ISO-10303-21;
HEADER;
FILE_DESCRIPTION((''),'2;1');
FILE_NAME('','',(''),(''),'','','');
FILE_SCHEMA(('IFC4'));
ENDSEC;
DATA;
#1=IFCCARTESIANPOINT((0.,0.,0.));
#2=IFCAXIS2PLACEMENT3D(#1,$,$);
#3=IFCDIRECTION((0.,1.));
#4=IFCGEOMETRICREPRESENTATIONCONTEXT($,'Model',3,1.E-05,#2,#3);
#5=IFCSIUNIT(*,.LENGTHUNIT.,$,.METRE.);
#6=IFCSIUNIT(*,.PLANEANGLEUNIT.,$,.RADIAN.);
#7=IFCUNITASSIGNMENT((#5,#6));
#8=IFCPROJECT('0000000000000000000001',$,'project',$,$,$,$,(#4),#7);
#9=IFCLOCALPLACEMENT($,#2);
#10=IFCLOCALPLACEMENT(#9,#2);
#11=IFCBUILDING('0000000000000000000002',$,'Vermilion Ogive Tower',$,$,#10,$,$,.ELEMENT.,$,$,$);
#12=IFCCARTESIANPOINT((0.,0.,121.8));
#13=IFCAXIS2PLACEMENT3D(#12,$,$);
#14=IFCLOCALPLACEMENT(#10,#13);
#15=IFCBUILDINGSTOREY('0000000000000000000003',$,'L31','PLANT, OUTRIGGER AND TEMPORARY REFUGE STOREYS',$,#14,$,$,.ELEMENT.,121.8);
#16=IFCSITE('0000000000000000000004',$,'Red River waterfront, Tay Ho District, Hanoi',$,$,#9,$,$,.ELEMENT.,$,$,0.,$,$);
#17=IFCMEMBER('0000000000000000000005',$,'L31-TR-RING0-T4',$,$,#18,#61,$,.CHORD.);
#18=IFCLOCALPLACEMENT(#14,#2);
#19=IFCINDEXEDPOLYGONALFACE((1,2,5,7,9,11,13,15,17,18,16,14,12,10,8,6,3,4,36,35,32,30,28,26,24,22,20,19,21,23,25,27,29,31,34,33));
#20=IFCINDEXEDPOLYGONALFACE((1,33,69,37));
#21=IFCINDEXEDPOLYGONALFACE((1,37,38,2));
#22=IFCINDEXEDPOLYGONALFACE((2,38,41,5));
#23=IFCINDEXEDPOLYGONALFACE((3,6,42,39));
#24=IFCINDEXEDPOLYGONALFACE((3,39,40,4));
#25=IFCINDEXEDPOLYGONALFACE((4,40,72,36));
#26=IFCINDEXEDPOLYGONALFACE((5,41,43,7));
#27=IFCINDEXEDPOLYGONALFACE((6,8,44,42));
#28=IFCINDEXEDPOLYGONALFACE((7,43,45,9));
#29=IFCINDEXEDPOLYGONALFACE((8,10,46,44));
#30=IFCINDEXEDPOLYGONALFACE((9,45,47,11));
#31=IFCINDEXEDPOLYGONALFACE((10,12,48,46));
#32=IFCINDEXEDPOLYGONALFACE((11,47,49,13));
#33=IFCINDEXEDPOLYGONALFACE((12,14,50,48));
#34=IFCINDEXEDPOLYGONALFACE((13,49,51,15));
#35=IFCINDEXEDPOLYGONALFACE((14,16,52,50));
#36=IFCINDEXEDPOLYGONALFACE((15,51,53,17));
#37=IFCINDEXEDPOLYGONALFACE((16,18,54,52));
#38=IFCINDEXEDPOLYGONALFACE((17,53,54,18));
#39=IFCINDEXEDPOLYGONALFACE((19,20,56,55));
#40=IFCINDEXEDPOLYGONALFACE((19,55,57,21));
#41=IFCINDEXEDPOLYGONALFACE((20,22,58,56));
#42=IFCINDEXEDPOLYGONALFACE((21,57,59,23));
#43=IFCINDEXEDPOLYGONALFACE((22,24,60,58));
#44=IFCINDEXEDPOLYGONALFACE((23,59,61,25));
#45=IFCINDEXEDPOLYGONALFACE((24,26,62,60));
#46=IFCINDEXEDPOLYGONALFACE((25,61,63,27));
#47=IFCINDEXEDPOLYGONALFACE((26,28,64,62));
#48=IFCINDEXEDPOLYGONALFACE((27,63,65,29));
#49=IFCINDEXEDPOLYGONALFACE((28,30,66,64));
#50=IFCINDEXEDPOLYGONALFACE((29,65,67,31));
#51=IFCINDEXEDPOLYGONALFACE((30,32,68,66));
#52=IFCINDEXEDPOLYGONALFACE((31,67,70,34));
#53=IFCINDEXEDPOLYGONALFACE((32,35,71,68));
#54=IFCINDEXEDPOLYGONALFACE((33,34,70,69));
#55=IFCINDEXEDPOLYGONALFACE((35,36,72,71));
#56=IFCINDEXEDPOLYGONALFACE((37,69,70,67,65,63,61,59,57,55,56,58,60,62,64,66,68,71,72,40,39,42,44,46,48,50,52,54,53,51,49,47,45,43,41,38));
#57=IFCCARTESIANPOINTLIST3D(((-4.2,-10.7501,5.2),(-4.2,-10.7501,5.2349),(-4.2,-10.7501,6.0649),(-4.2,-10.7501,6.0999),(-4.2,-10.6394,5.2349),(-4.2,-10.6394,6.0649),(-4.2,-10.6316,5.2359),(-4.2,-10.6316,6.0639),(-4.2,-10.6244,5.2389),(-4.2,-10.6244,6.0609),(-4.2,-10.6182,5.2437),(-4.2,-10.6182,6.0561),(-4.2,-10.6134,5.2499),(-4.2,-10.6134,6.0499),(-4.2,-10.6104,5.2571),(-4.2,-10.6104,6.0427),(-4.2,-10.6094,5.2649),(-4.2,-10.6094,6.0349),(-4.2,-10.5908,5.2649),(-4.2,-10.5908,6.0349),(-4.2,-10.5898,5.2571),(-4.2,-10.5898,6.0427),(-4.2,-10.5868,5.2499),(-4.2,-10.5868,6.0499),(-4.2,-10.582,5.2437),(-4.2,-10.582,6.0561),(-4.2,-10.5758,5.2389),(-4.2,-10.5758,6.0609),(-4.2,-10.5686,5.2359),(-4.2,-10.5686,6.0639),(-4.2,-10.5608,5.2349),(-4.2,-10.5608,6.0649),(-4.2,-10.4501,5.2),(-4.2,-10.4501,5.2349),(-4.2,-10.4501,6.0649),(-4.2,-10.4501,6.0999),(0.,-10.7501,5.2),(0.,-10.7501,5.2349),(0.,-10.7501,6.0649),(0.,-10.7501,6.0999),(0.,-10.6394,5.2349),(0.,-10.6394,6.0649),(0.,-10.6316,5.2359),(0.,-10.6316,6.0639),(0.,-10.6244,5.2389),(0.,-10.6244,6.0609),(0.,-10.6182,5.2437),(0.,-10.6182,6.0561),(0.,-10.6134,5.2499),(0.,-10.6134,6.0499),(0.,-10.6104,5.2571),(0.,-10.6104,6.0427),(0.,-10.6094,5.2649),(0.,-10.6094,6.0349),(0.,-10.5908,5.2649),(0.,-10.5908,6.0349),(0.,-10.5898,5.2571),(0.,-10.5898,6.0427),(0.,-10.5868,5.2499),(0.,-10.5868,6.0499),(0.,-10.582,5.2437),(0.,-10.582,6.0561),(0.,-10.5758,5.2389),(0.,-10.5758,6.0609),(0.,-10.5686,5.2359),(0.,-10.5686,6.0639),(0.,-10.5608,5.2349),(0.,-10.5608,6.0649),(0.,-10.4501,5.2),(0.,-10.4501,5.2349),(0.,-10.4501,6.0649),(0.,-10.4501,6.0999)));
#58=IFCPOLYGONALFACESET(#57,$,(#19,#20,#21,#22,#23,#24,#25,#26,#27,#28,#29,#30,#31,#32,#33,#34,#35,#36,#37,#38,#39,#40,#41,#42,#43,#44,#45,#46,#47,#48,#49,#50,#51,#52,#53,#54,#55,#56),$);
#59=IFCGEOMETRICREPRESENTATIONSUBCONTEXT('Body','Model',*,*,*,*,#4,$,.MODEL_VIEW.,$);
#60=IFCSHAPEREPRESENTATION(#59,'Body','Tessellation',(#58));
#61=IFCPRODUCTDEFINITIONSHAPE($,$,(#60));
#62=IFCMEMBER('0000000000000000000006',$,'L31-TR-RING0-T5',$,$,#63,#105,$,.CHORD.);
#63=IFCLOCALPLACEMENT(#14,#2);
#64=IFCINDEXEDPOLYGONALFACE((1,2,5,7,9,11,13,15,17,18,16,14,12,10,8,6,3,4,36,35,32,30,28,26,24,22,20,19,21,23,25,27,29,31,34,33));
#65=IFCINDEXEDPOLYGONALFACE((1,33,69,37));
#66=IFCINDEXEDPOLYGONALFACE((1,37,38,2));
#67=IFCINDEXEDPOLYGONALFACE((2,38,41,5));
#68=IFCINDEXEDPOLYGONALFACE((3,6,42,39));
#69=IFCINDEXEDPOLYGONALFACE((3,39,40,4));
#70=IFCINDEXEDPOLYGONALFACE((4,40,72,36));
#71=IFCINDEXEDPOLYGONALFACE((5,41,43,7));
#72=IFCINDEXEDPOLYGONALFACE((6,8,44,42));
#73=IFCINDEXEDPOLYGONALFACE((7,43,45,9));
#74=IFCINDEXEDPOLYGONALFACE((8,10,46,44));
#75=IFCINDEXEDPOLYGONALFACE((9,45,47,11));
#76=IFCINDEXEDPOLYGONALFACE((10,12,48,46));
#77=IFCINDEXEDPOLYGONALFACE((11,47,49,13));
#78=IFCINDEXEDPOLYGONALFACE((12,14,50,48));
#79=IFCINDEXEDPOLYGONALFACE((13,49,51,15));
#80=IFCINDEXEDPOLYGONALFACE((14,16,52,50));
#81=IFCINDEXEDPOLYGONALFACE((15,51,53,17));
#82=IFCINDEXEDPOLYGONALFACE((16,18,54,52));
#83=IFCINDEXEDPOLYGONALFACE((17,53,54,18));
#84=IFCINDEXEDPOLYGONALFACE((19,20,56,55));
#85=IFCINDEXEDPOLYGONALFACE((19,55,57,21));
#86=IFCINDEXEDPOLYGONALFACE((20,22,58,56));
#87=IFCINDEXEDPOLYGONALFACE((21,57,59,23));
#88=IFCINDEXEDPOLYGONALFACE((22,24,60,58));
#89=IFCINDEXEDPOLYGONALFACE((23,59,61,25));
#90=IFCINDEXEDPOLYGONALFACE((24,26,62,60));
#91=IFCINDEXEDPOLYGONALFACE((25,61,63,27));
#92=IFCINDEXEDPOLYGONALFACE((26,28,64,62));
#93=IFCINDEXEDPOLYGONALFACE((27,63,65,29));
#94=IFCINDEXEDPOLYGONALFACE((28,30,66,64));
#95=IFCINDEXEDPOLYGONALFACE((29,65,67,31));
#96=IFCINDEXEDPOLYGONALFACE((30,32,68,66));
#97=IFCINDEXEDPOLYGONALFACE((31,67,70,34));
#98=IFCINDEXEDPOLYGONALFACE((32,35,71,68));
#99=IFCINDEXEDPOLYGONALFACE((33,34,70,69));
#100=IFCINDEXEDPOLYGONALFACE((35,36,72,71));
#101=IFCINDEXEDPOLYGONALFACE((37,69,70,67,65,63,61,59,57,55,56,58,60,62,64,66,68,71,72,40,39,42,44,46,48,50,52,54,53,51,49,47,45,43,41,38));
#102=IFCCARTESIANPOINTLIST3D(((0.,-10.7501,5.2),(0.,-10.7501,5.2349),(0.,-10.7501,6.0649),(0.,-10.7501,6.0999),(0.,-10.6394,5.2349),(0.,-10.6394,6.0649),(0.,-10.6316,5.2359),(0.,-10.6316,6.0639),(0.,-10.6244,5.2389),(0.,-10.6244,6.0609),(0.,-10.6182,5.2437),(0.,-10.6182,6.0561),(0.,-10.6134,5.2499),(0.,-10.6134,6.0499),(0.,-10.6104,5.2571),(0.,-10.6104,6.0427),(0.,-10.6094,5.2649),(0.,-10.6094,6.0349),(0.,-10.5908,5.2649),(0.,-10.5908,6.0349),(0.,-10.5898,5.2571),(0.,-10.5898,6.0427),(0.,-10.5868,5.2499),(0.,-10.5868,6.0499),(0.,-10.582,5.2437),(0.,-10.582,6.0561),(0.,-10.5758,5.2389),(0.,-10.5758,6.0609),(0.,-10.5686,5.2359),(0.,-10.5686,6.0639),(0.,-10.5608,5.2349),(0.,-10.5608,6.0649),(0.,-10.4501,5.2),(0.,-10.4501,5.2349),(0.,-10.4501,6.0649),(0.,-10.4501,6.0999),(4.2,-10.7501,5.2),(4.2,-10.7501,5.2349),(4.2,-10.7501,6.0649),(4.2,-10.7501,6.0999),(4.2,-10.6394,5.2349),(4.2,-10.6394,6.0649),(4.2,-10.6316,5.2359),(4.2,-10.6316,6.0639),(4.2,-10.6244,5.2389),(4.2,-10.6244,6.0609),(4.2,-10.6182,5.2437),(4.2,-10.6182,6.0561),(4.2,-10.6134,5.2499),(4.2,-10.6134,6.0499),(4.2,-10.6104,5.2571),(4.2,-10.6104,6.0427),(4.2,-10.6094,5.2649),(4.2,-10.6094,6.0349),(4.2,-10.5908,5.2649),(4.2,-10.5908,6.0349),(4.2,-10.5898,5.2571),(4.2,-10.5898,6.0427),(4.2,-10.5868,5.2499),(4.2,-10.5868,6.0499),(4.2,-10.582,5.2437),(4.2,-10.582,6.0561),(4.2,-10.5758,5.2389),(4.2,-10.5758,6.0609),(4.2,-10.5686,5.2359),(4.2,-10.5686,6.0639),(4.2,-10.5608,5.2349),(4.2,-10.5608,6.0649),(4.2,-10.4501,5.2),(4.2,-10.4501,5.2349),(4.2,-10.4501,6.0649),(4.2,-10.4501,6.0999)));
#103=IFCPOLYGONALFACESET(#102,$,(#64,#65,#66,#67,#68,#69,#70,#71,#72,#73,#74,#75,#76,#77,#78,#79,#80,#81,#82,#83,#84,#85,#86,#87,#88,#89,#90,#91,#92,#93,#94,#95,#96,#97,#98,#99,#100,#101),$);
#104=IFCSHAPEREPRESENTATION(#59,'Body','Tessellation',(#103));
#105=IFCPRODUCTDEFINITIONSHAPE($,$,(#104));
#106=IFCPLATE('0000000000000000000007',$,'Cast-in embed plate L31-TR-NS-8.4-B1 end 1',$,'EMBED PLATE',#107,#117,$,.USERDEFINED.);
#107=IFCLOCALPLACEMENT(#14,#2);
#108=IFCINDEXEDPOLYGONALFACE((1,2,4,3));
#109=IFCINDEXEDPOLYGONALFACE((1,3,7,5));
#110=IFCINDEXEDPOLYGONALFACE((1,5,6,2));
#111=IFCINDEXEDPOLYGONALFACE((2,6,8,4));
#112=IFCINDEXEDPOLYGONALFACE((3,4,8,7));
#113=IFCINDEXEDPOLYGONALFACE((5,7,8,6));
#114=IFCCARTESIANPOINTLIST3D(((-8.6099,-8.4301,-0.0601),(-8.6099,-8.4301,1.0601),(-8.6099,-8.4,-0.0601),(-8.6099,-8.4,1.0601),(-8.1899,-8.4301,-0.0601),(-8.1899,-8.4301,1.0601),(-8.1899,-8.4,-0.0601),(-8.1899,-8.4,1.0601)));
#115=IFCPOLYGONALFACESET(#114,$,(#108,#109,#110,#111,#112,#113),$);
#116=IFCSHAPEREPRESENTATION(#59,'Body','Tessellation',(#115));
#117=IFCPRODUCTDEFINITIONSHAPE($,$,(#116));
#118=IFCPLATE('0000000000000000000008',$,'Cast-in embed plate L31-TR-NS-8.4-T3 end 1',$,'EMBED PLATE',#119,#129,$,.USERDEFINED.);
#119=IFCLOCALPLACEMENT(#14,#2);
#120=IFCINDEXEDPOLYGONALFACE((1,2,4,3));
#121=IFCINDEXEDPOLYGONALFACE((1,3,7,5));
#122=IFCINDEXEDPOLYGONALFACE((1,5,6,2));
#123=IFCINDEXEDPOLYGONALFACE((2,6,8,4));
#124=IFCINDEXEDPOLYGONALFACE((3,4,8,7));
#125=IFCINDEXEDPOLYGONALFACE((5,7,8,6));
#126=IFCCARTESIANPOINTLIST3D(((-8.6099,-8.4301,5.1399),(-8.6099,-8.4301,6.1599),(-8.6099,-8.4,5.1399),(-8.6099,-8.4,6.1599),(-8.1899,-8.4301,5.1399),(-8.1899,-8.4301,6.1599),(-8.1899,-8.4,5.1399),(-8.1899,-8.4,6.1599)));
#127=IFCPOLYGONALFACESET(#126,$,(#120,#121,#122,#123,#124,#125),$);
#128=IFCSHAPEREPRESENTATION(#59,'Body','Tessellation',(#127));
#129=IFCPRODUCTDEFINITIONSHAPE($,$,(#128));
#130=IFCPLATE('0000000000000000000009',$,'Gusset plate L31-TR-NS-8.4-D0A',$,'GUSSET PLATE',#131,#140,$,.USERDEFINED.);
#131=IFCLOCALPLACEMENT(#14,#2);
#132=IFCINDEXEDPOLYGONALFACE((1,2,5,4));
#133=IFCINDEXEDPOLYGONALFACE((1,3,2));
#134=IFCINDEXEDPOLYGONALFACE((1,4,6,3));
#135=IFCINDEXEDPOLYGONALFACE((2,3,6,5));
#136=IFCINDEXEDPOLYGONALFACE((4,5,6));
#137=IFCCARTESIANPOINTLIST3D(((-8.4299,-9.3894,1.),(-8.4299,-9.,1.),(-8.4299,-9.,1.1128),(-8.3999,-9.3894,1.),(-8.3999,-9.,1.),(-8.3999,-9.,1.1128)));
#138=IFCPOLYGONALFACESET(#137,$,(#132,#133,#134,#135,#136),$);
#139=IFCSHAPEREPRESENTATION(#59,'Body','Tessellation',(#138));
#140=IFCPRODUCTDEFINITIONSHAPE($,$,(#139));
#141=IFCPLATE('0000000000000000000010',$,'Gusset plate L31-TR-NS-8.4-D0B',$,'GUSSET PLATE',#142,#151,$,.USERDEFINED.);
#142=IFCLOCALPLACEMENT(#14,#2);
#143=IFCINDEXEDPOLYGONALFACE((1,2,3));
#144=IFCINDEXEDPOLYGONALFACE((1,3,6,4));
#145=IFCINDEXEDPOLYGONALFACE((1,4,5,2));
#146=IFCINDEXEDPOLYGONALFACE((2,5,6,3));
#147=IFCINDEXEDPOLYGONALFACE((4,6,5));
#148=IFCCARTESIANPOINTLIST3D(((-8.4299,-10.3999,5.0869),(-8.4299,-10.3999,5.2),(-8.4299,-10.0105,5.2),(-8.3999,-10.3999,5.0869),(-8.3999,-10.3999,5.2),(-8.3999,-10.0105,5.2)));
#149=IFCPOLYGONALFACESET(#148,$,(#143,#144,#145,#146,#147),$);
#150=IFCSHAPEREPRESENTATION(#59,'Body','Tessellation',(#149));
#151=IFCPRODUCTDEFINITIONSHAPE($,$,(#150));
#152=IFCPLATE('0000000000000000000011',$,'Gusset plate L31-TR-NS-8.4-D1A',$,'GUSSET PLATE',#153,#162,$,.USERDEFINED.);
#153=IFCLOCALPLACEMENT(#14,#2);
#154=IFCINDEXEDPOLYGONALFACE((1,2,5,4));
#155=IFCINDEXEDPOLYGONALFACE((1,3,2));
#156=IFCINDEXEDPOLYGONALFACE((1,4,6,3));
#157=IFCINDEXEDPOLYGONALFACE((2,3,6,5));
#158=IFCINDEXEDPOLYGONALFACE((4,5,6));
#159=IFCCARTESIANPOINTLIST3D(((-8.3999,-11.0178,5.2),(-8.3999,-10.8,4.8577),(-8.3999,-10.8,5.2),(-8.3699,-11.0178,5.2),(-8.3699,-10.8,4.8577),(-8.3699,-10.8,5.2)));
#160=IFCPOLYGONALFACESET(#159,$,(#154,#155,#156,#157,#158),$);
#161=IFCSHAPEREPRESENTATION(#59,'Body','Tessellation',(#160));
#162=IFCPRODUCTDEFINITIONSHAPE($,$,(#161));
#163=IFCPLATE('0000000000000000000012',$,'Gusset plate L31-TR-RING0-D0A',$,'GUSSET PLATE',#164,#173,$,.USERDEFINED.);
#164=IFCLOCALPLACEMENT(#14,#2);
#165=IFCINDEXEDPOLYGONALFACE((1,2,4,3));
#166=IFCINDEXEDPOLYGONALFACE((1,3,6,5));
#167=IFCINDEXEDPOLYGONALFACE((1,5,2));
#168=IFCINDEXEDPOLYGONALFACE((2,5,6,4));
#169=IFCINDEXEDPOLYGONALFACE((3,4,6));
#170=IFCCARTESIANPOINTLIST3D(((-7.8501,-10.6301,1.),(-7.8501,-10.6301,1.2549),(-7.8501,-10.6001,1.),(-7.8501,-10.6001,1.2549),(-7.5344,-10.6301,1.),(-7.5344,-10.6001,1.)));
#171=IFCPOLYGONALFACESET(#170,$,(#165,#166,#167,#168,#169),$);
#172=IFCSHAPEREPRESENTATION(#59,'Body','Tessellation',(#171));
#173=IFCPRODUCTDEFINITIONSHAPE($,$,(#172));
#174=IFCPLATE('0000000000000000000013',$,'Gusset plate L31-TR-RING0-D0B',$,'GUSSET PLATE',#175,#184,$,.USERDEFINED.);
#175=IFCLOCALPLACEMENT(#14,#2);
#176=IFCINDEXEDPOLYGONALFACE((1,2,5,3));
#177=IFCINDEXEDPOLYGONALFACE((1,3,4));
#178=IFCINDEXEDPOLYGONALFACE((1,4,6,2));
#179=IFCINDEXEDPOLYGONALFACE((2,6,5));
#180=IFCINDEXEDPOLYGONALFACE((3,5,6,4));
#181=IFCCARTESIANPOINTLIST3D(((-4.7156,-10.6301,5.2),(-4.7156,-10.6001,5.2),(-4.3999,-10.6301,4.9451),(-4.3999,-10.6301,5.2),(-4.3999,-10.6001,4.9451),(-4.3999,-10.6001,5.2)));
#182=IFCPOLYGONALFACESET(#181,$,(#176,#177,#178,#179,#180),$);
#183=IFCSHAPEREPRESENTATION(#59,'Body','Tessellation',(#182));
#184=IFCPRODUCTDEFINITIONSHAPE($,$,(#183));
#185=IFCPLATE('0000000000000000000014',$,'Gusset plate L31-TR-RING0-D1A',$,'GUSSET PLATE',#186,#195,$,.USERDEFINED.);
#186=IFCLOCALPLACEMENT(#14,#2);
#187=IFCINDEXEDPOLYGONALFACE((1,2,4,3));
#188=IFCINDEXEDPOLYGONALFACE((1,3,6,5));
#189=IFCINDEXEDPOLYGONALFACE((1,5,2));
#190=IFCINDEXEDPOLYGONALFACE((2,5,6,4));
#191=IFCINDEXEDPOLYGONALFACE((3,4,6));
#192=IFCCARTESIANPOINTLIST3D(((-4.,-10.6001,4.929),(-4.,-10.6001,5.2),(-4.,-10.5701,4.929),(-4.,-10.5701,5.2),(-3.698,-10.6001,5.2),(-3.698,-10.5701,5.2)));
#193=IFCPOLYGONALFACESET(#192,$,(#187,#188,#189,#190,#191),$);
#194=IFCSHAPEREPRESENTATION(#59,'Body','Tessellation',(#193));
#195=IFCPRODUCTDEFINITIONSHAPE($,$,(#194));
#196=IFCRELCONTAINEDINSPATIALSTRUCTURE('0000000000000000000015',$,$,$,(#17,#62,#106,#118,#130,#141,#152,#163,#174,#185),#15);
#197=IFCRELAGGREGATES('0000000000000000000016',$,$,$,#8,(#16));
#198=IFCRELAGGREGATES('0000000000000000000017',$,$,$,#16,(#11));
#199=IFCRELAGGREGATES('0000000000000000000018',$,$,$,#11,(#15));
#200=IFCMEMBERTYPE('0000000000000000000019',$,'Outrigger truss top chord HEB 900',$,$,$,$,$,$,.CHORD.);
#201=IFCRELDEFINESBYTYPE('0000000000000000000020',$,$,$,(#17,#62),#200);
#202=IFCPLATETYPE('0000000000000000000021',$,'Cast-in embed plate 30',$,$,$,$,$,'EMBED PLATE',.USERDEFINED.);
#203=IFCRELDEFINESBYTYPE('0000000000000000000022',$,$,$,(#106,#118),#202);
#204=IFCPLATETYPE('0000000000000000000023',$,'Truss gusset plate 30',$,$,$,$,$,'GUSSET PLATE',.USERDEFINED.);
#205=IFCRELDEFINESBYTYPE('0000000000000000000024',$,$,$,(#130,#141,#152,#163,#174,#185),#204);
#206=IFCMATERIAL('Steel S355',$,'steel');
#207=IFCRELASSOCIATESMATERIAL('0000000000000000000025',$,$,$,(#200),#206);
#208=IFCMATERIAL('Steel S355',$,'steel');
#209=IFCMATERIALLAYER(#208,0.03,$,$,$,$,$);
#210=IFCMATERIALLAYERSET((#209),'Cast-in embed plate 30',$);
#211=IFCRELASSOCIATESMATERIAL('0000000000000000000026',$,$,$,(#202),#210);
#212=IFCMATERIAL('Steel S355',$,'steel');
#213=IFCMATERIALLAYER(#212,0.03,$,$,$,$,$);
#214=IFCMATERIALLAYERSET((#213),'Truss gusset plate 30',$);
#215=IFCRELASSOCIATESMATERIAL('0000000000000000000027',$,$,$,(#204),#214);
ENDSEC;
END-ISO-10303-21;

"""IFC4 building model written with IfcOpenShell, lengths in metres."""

from ifc_helpers import new_model, si_unit, direction, frame, origin, origin_2d, place, context, subcontext, project, spatial, polyline, rectangle, i_section, outline, extrude, material, layer, layer_set, material_profile, profile_set, type_object, element, save


model = new_model("IFC4")

# Units and contexts
model_context = context("Model", 3, precision=1e-05, world=origin(), true_north=direction((0.0, 1.0)))
body_context = subcontext(model_context, "Body", "Model", "MODEL_VIEW")
ifc_project = project(units=[si_unit("LENGTHUNIT", "METRE"), si_unit("PLANEANGLEUNIT", "RADIAN")], contexts=[model_context])

# Site, building, storey
site_placement = place(None, origin())
site = spatial("IfcSite", under=ifc_project, at=site_placement, Name="Red River waterfront, Tay Ho District, Hanoi", CompositionType="ELEMENT", RefElevation=0.0)
building_placement = place(site_placement, origin())
building = spatial("IfcBuilding", under=site, at=building_placement, Name="Vermilion Ogive Tower", CompositionType="ELEMENT")
storey_placement = place(building_placement, frame((0.0, 0.0, 121.8)))
storey = spatial("IfcBuildingStorey", under=building, at=storey_placement, Name="L31", Description="PLANT, OUTRIGGER AND TEMPORARY REFUGE STOREYS", CompositionType="ELEMENT", Elevation=121.8)

# Members
ifc_material_1 = material(Name="Steel S355", Category="steel")
ifc_material_profile_1 = material_profile(ifc_material_1, i_section(OverallWidth=0.3, OverallDepth=0.8999, WebThickness=0.0186, FlangeThickness=0.0349, FilletRadius=0.03, at=origin_2d()), Name="HEB 900")
ifc_profile_set_1 = profile_set([ifc_material_profile_1], Name="Steel S355")
member_type_1 = type_object("IfcMemberType", Name="Outrigger truss top chord HEB 900", PredefinedType="CHORD", material=ifc_profile_set_1)
for number, where, z_axis, x_axis, name in (
    (1, (-4.2, -10.6001, 5.6499), (1.0, 0.0, 0.0), (0.0, 1.0, 0.0), "L31-TR-RING0-T4"),
    (2, (0.0, -10.6001, 5.6499), (1.0, 0.0, 0.0), (0.0, 1.0, 0.0), "L31-TR-RING0-T5"),
):
    element("IfcMember", number, at=place(storey_placement, frame(where, z_axis=z_axis, x_axis=x_axis)), inside=storey, type_object=member_type_1, Name=name, PredefinedType="CHORD", context=body_context, shape_type="SweptSolid", body=[
        extrude(i_section(OverallWidth=0.3, OverallDepth=0.8999, WebThickness=0.0186, FlangeThickness=0.0349, FilletRadius=0.03, at=origin_2d()), origin(), (0.0, 0.0, 1.0), 4.2),
    ])

# Plates
ifc_material_2 = material(Name="Steel S355", Category="steel")
ifc_layer_1 = layer(ifc_material_2, 0.03)
ifc_layer_set_1 = layer_set([ifc_layer_1], Name="Cast-in embed plate 30")
plate_type_1 = type_object("IfcPlateType", Name="Cast-in embed plate 30", ElementType="EMBED PLATE", PredefinedType="USERDEFINED", material=ifc_layer_set_1)
plate_1_placement = place(storey_placement, frame((-8.3999, -8.415, -0.0601), z_axis=(0.0, 0.0, 1.0), x_axis=(1.0, 0.0, 0.0)))
element("IfcPlate", 3, at=plate_1_placement, inside=storey, type_object=plate_type_1, Name="Cast-in embed plate L31-TR-NS-8.4-B1 end 1", ObjectType="EMBED PLATE", PredefinedType="USERDEFINED", context=body_context, shape_type="SweptSolid", body=[
    extrude(rectangle(XDim=0.4199, YDim=0.03, at=origin_2d()), origin(), (0.0, 0.0, 1.0), 1.1201),
])
plate_2_placement = place(storey_placement, frame((-8.3999, -8.415, 5.1399), z_axis=(0.0, 0.0, 1.0), x_axis=(1.0, 0.0, 0.0)))
element("IfcPlate", 4, at=plate_2_placement, inside=storey, type_object=plate_type_1, Name="Cast-in embed plate L31-TR-NS-8.4-T3 end 1", ObjectType="EMBED PLATE", PredefinedType="USERDEFINED", context=body_context, shape_type="SweptSolid", body=[
    extrude(rectangle(XDim=0.4199, YDim=0.03, at=origin_2d()), origin(), (0.0, 0.0, 1.0), 1.02),
])
ifc_material_3 = material(Name="Steel S355", Category="steel")
ifc_layer_2 = layer(ifc_material_3, 0.03)
ifc_layer_set_2 = layer_set([ifc_layer_2], Name="Truss gusset plate 30")
plate_type_2 = type_object("IfcPlateType", Name="Truss gusset plate 30", ElementType="GUSSET PLATE", PredefinedType="USERDEFINED", material=ifc_layer_set_2)
plate_3_placement = place(storey_placement, frame((-8.3999, -9.0, 1.1128), z_axis=(1.0, 0.0, 0.0), x_axis=(0.0, -0.960518, -0.278219)))
element("IfcPlate", 5, at=plate_3_placement, inside=storey, type_object=plate_type_2, Name="Gusset plate L31-TR-NS-8.4-D0A", ObjectType="GUSSET PLATE", PredefinedType="USERDEFINED", context=body_context, shape_type="SweptSolid", body=[
    extrude(outline(polyline([(0.0, 0.0), (0.4054, 0.0), (0.0314, 0.1083), (0.0, 0.0)])), origin(), (0.0, 0.0, -1.0), 0.03),
])
plate_4_placement = place(storey_placement, frame((-8.3999, -10.3999, 5.0869), z_axis=(1.0, 0.0, 0.0), x_axis=(0.0, 0.960357, 0.278774)))
element("IfcPlate", 6, at=plate_4_placement, inside=storey, type_object=plate_type_2, Name="Gusset plate L31-TR-NS-8.4-D0B", ObjectType="GUSSET PLATE", PredefinedType="USERDEFINED", context=body_context, shape_type="SweptSolid", body=[
    extrude(outline(polyline([(0.0, 0.0), (0.4055, 0.0), (0.0315, 0.1086), (0.0, 0.0)])), origin(), (0.0, 0.0, -1.0), 0.03),
])
plate_5_placement = place(storey_placement, frame((-8.3999, -10.8, 4.8577), z_axis=(-1.0, 0.0, 0.0), x_axis=(0.0, -0.536798, 0.843711)))
element("IfcPlate", 7, at=plate_5_placement, inside=storey, type_object=plate_type_2, Name="Gusset plate L31-TR-NS-8.4-D1A", ObjectType="GUSSET PLATE", PredefinedType="USERDEFINED", context=body_context, shape_type="SweptSolid", body=[
    extrude(outline(polyline([(0.0, 0.0), (0.4057, 0.0), (0.2888, 0.1837), (0.0, 0.0)])), origin(), (0.0, 0.0, -1.0), 0.03),
])
for number, where, z_axis, x_axis, name in (
    (8, (-7.8501, -10.6001, 1.2549), (0.0, 1.0, 0.0), (0.778043, 0.0, -0.628211), "Gusset plate L31-TR-RING0-D0A"),
    (9, (-4.3999, -10.6001, 4.9451), (0.0, 1.0, 0.0), (-0.778043, 0.0, 0.628211), "Gusset plate L31-TR-RING0-D0B"),
):
    element("IfcPlate", number, at=place(storey_placement, frame(where, z_axis=z_axis, x_axis=x_axis)), inside=storey, type_object=plate_type_2, Name=name, ObjectType="GUSSET PLATE", PredefinedType="USERDEFINED", context=body_context, shape_type="SweptSolid", body=[
        extrude(outline(polyline([(0.0, 0.0), (0.4057, 0.0), (0.1601, 0.1983), (0.0, 0.0)])), origin(), (0.0, 0.0, -1.0), 0.03),
    ])
for number, where, z_axis, x_axis, name in (
    (10, (-4.0, -10.6001, 4.929), (0.0, -1.0, 0.0), (0.744281, 0.0, 0.667867), "Gusset plate L31-TR-RING0-D1A"),
):
    element("IfcPlate", number, at=place(storey_placement, frame(where, z_axis=z_axis, x_axis=x_axis)), inside=storey, type_object=plate_type_2, Name=name, ObjectType="GUSSET PLATE", PredefinedType="USERDEFINED", context=body_context, shape_type="SweptSolid", body=[
        extrude(outline(polyline([(0.0, 0.0), (0.4058, 0.0), (0.181, 0.2017), (0.0, 0.0)])), origin(), (0.0, 0.0, -1.0), 0.03),
    ])

save(model, "model.ifc")
